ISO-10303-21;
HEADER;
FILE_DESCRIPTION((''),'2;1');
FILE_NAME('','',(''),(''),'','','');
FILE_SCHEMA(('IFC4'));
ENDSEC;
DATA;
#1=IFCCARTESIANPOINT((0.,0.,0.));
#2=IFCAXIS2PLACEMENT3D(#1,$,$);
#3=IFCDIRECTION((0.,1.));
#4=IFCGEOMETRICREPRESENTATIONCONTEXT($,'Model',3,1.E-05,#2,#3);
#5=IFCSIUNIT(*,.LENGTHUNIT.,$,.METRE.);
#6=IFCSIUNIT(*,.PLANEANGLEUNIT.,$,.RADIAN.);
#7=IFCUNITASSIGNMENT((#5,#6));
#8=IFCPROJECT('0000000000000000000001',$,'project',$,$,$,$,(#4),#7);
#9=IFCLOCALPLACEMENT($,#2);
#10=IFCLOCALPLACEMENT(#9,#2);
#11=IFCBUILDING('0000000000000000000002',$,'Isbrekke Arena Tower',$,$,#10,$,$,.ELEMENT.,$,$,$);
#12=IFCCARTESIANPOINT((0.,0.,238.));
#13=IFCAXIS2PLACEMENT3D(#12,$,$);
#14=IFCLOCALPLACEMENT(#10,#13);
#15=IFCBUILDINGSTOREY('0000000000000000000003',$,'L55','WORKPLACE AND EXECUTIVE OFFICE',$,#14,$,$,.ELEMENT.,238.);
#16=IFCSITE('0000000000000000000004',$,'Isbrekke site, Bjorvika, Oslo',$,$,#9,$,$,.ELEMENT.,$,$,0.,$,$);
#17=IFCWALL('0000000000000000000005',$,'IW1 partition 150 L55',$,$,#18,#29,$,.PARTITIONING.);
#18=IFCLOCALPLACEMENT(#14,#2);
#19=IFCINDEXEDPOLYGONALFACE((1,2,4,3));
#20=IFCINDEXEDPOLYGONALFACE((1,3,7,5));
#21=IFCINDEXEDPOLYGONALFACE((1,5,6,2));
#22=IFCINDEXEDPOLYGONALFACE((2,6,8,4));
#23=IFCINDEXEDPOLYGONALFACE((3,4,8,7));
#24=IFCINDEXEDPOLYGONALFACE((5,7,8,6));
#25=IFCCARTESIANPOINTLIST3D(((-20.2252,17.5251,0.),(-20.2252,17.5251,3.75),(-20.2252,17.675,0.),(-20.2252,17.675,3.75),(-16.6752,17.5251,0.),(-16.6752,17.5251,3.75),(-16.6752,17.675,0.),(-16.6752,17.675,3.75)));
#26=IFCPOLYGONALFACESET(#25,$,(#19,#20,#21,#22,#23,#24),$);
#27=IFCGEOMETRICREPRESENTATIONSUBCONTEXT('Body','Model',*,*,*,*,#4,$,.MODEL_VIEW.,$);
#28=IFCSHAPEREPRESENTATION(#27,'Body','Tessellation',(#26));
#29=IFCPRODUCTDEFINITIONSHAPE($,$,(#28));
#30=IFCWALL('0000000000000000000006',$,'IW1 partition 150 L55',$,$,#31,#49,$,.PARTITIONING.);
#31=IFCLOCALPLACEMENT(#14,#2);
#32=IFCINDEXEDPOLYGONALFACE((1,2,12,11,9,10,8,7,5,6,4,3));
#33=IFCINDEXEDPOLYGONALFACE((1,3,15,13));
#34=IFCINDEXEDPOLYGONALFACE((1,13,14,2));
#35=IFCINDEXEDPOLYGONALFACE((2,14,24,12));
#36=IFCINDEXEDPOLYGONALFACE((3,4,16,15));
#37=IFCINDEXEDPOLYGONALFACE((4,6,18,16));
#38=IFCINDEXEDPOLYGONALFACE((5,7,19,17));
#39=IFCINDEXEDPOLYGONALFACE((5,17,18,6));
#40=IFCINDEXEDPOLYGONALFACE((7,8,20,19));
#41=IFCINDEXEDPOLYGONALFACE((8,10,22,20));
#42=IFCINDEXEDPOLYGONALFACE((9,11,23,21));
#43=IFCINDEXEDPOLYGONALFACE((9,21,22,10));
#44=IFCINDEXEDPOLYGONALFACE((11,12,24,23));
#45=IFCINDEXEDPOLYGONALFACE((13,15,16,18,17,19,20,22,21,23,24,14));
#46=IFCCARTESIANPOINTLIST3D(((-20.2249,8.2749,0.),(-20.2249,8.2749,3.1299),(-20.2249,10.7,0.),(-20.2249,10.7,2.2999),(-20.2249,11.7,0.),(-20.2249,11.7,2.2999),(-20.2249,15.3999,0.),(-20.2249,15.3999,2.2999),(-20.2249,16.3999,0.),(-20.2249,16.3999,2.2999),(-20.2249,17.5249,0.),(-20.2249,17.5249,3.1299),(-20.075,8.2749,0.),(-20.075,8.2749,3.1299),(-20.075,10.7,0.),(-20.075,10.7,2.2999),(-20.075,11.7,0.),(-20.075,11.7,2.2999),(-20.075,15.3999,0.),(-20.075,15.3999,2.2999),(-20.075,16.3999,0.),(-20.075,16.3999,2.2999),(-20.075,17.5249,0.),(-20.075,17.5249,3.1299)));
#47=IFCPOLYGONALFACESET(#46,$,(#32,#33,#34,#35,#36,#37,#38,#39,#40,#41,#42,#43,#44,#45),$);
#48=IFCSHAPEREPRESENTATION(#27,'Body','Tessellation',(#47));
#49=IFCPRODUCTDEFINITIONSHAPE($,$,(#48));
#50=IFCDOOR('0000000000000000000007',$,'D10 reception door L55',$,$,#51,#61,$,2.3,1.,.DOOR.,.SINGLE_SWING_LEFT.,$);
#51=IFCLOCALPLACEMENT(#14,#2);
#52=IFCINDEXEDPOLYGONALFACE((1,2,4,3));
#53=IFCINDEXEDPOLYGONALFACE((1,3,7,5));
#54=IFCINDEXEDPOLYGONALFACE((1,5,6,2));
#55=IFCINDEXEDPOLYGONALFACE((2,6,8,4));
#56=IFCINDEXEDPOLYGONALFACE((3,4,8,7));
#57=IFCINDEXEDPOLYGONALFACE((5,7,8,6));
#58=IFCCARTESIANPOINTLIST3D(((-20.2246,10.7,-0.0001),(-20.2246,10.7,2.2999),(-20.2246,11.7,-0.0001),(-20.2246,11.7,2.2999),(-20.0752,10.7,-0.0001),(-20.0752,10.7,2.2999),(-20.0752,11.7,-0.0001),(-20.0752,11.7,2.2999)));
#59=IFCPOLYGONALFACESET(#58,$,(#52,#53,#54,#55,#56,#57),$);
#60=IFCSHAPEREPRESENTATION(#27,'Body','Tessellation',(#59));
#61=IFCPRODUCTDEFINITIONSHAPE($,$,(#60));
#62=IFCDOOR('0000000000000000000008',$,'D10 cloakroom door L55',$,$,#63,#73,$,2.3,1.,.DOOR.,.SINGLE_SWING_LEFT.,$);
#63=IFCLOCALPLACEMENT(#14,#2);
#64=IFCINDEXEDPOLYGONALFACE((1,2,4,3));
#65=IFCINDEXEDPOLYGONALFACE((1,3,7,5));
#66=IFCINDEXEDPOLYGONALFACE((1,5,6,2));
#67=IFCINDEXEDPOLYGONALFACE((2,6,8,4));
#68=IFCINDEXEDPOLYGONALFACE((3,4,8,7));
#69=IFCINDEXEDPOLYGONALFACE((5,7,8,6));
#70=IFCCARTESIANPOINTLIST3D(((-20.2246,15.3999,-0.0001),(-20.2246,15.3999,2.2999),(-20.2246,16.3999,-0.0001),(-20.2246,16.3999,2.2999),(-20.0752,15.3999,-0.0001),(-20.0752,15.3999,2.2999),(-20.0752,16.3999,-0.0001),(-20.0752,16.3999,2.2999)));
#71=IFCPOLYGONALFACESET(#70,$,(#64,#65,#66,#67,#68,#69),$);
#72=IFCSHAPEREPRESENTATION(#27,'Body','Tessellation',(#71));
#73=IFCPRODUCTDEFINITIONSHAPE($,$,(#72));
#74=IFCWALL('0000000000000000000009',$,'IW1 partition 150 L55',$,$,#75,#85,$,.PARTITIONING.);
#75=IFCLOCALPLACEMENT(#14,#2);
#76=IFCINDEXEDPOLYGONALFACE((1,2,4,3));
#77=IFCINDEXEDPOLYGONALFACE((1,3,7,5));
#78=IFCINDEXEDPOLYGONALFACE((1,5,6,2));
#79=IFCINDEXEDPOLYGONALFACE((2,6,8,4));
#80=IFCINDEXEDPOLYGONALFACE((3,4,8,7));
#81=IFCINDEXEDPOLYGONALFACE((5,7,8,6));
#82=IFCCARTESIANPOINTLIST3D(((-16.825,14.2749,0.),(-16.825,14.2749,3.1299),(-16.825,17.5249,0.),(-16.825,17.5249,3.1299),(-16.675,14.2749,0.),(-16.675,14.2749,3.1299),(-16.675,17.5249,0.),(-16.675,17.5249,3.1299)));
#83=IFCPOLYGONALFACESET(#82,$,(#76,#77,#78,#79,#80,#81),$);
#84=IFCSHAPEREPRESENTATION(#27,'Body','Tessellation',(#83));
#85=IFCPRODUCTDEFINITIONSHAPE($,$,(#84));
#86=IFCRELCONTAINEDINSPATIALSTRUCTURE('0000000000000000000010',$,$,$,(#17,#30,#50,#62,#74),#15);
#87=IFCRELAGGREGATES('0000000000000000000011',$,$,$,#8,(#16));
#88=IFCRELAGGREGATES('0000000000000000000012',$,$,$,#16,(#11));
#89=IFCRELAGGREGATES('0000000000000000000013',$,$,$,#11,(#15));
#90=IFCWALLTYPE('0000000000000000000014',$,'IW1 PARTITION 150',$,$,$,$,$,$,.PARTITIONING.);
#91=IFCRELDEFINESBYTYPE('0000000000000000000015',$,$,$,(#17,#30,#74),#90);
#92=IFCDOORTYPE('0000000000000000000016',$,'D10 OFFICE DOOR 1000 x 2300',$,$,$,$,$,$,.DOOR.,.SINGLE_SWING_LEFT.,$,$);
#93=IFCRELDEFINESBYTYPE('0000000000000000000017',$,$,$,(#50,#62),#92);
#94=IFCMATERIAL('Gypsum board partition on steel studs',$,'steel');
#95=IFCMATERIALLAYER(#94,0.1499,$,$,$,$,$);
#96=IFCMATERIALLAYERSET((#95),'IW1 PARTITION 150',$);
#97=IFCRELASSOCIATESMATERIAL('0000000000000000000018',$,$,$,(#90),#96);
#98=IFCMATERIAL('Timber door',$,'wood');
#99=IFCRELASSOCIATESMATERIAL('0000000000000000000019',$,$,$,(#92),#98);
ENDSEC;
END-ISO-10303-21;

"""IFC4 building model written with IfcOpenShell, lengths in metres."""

from ifc_helpers import new_model, si_unit, direction, frame, frame_2d, origin, place, context, subcontext, project, spatial, rectangle, extrude, material, layer, layer_set, type_object, element, fill, save


model = new_model("IFC4")

# Units and contexts
model_context = context("Model", 3, precision=1e-05, world=origin(), true_north=direction((0.0, 1.0)))
body_context = subcontext(model_context, "Body", "Model", "MODEL_VIEW")
ifc_project = project(units=[si_unit("LENGTHUNIT", "METRE"), si_unit("PLANEANGLEUNIT", "RADIAN")], contexts=[model_context])

# Site, building, storey
site_placement = place(None, origin())
site = spatial("IfcSite", under=ifc_project, at=site_placement, Name="Isbrekke site, Bjorvika, Oslo", CompositionType="ELEMENT", RefElevation=0.0)
building_placement = place(site_placement, origin())
building = spatial("IfcBuilding", under=site, at=building_placement, Name="Isbrekke Arena Tower", CompositionType="ELEMENT")
storey_placement = place(building_placement, frame((0.0, 0.0, 238.0)))
storey = spatial("IfcBuildingStorey", under=building, at=storey_placement, Name="L55", Description="WORKPLACE AND EXECUTIVE OFFICE", CompositionType="ELEMENT", Elevation=238.0)

# Wall
ifc_material_1 = material(Name="Gypsum board partition on steel studs", Category="steel")
ifc_layer_1 = layer(ifc_material_1, 0.1499)
ifc_layer_set_1 = layer_set([ifc_layer_1], Name="IW1 PARTITION 150")
wall_type = type_object("IfcWallType", Name="IW1 PARTITION 150", PredefinedType="PARTITIONING", material=ifc_layer_set_1)
wall_1_placement = place(storey_placement, frame((-20.2251, 17.6001, 0.0), z_axis=(0.0, 0.0, 1.0), x_axis=(1.0, 0.0, 0.0)))
element("IfcWall", 1, at=wall_1_placement, inside=storey, type_object=wall_type, Name="IW1 partition 150 L55", PredefinedType="PARTITIONING", context=body_context, shape_type="SweptSolid", body=[
    extrude(rectangle(XDim=3.55, YDim=0.1499, at=frame_2d((1.7749, 0.0))), origin(), (0.0, 0.0, 1.0), 3.75),
])

# Wall, openings, doors
wall_2_placement = place(storey_placement, frame((-20.1499, 8.2749, 0.0), z_axis=(0.0, 0.0, 1.0), x_axis=(0.0, 1.0, 0.0)))
wall_2 = element("IfcWall", 2, at=wall_2_placement, inside=storey, type_object=wall_type, Name="IW1 partition 150 L55", PredefinedType="PARTITIONING", context=body_context, shape_type="SweptSolid", body=[
    extrude(rectangle(XDim=9.25, YDim=0.1499, at=frame_2d((4.625, 0.0))), origin(), (0.0, 0.0, 1.0), 3.1299),
])
opening_1_placement = place(wall_2_placement, frame((2.425, 0.0, 0.0)))
opening_1 = element("IfcOpeningElement", 3, at=opening_1_placement, cuts=wall_2, PredefinedType="OPENING", context=body_context, shape_type="SweptSolid", body=[
    extrude(rectangle(XDim=1.0, YDim=2.3, at=frame_2d((0.5, 1.1499))), frame((0.0, 0.0898, 0.0), z_axis=(0.0, -1.0, 0.0), x_axis=(1.0, 0.0, 0.0)), (0.0, 0.0, 1.0), 0.1797),
])
opening_2_placement = place(wall_2_placement, frame((7.125, 0.0, 0.0)))
opening_2 = element("IfcOpeningElement", 4, at=opening_2_placement, cuts=wall_2, PredefinedType="OPENING", context=body_context, shape_type="SweptSolid", body=[
    extrude(rectangle(XDim=1.0, YDim=2.3, at=frame_2d((0.5, 1.1499))), frame((0.0, 0.0898, 0.0), z_axis=(0.0, -1.0, 0.0), x_axis=(1.0, 0.0, 0.0)), (0.0, 0.0, 1.0), 0.1797),
])
ifc_material_2 = material(Name="Timber door", Category="wood")
door_type = type_object("IfcDoorType", Name="D10 OFFICE DOOR 1000 x 2300", OperationType="SINGLE_SWING_LEFT", PredefinedType="DOOR", material=ifc_material_2)
door_1_placement = place(opening_1_placement, origin())
door_1 = element("IfcDoor", 5, at=door_1_placement, inside=storey, type_object=door_type, Name="D10 reception door L55", OperationType="SINGLE_SWING_LEFT", OverallHeight=2.3, OverallWidth=1.0, PredefinedType="DOOR", context=body_context, shape_type="SweptSolid", body=[
    extrude(rectangle(XDim=1.0, YDim=2.3, at=frame_2d((0.5, 1.1499))), frame((0.0, 0.0747, 0.0), z_axis=(0.0, -1.0, 0.0), x_axis=(1.0, 0.0, 0.0)), (0.0, 0.0, 1.0), 0.1494),
])
fill(opening_1, door_1)
door_2_placement = place(opening_2_placement, origin())
door_2 = element("IfcDoor", 6, at=door_2_placement, inside=storey, type_object=door_type, Name="D10 cloakroom door L55", OperationType="SINGLE_SWING_LEFT", OverallHeight=2.3, OverallWidth=1.0, PredefinedType="DOOR", context=body_context, shape_type="SweptSolid", body=[
    extrude(rectangle(XDim=1.0, YDim=2.3, at=frame_2d((0.5, 1.1499))), frame((0.0, 0.0747, 0.0), z_axis=(0.0, -1.0, 0.0), x_axis=(1.0, 0.0, 0.0)), (0.0, 0.0, 1.0), 0.1494),
])
fill(opening_2, door_2)

# Wall
wall_3_placement = place(storey_placement, frame((-16.75, 14.2749, 0.0), z_axis=(0.0, 0.0, 1.0), x_axis=(0.0, 1.0, 0.0)))
element("IfcWall", 7, at=wall_3_placement, inside=storey, type_object=wall_type, Name="IW1 partition 150 L55", PredefinedType="PARTITIONING", context=body_context, shape_type="SweptSolid", body=[
    extrude(rectangle(XDim=3.25, YDim=0.1499, at=frame_2d((1.625, 0.0))), origin(), (0.0, 0.0, 1.0), 3.1299),
])

save(model, "model.ifc")
